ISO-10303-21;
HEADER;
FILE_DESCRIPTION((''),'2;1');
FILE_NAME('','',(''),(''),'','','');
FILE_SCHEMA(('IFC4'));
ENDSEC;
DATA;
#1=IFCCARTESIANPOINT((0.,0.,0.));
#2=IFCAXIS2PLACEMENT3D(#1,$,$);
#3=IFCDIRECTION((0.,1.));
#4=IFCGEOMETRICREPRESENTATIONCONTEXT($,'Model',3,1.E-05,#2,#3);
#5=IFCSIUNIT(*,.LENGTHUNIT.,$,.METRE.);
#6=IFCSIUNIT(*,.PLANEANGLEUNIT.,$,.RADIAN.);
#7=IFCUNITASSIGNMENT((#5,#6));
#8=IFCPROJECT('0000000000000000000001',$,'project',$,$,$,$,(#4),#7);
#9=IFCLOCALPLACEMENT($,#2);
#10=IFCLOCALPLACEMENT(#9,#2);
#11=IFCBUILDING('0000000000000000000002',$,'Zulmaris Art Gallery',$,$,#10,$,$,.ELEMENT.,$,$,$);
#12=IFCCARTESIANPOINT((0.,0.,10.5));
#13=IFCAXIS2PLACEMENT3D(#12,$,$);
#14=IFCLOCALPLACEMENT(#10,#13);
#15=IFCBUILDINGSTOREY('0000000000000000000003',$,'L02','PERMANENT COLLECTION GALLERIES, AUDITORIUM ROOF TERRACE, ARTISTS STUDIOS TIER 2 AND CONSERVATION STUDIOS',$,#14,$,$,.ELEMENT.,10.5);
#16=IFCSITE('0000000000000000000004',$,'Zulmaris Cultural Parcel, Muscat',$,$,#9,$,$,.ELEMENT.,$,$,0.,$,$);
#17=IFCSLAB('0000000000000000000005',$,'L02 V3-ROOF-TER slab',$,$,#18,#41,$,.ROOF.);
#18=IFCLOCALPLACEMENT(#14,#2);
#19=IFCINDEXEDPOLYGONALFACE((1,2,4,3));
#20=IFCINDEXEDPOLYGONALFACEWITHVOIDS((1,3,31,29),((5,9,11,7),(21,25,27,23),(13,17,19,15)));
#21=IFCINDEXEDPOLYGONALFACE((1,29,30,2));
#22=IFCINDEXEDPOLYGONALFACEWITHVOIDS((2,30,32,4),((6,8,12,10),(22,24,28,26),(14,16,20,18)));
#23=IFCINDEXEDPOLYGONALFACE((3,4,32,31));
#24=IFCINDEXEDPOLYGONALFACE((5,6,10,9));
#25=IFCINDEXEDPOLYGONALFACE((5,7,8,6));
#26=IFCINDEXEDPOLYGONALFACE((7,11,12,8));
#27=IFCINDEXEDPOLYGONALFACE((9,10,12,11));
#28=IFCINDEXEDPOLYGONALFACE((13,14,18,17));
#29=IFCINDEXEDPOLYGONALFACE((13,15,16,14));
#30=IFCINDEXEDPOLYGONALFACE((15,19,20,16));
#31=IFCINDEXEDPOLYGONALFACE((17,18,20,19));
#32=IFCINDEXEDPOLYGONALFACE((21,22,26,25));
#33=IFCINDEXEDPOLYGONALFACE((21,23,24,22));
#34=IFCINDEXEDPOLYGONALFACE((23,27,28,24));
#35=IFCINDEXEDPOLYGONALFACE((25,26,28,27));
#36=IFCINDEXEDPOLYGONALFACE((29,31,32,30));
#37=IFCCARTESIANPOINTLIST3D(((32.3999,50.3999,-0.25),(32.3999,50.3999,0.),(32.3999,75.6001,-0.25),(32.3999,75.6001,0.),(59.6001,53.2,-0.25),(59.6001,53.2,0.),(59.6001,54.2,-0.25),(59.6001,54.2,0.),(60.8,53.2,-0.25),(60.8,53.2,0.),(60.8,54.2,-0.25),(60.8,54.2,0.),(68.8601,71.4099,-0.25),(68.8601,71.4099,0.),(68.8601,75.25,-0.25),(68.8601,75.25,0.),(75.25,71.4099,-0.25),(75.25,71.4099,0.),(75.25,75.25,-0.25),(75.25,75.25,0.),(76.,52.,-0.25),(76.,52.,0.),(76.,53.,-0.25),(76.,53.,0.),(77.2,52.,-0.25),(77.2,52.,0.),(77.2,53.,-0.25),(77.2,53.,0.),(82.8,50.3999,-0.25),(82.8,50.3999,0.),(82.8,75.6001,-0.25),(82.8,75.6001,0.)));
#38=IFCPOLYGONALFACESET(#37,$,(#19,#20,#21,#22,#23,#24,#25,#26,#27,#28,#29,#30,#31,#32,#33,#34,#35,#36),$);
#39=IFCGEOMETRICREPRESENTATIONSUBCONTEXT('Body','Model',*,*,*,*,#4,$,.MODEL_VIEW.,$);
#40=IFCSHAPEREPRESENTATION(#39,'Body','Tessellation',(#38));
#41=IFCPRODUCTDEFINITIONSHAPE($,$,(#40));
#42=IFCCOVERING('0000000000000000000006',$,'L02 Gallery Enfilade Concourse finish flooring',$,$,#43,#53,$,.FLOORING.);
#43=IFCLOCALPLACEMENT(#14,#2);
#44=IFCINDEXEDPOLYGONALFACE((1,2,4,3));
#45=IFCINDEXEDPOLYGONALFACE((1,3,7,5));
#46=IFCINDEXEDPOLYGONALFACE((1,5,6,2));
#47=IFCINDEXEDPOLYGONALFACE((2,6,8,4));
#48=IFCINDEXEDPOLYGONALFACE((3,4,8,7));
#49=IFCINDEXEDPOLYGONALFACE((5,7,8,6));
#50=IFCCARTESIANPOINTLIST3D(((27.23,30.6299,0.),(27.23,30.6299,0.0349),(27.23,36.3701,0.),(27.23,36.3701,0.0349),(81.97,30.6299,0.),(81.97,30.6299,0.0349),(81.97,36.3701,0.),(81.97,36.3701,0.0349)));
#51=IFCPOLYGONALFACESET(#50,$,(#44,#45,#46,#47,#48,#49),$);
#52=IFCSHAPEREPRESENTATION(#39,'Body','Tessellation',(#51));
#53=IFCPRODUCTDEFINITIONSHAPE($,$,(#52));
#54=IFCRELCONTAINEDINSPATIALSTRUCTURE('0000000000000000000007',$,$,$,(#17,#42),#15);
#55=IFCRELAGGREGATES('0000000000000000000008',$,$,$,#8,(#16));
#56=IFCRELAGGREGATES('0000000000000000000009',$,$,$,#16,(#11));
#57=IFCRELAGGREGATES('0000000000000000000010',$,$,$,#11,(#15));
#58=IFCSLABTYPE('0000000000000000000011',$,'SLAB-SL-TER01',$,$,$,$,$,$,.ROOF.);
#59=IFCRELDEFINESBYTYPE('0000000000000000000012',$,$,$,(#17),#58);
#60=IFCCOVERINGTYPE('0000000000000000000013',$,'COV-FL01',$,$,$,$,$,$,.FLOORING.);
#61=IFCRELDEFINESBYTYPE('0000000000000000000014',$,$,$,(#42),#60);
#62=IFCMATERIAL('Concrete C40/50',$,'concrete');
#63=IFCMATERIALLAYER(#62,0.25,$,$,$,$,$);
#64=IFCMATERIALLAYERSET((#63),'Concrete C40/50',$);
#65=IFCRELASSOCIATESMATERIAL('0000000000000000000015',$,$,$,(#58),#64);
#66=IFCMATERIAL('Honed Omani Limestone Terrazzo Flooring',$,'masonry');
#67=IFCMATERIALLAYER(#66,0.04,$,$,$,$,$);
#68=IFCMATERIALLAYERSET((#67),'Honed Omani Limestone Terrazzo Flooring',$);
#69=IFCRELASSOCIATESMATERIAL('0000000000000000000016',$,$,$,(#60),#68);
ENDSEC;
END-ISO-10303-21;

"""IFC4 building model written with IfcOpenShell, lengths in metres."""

from ifc_helpers import new_model, si_unit, direction, frame, origin, place, context, subcontext, project, spatial, polyline, outline, extrude, material, layer, layer_set, type_object, element, save


model = new_model("IFC4")

# Units and contexts
model_context = context("Model", 3, precision=1e-05, world=origin(), true_north=direction((0.0, 1.0)))
body_context = subcontext(model_context, "Body", "Model", "MODEL_VIEW")
ifc_project = project(units=[si_unit("LENGTHUNIT", "METRE"), si_unit("PLANEANGLEUNIT", "RADIAN")], contexts=[model_context])

# Site, building, storey
site_placement = place(None, origin())
site = spatial("IfcSite", under=ifc_project, at=site_placement, Name="Zulmaris Cultural Parcel, Muscat", CompositionType="ELEMENT", RefElevation=0.0)
building_placement = place(site_placement, origin())
building = spatial("IfcBuilding", under=site, at=building_placement, Name="Zulmaris Art Gallery", CompositionType="ELEMENT")
storey_placement = place(building_placement, frame((0.0, 0.0, 10.5)))
storey = spatial("IfcBuildingStorey", under=building, at=storey_placement, Name="L02", Description="PERMANENT COLLECTION GALLERIES, AUDITORIUM ROOF TERRACE, ARTISTS STUDIOS TIER 2 AND CONSERVATION STUDIOS", CompositionType="ELEMENT", Elevation=10.5)

# Slab
ifc_material_1 = material(Name="Concrete C40/50", Category="concrete")
ifc_layer_1 = layer(ifc_material_1, 0.25)
ifc_layer_set_1 = layer_set([ifc_layer_1], Name="Concrete C40/50")
slab_type_1 = type_object("IfcSlabType", Name="SLAB-SL-TER01", PredefinedType="ROOF", material=ifc_layer_set_1)
slab_1_placement = place(storey_placement, frame((0.0, 0.0, -0.25)))
element("IfcSlab", 1, at=slab_1_placement, inside=storey, type_object=slab_type_1, Name="L02 V3-ROOF-TER slab", PredefinedType="ROOF", context=body_context, shape_type="SweptSolid", body=[
    extrude(outline(polyline([(32.3999, 50.3999), (32.3999, 75.6001), (82.8, 75.6001), (82.8, 50.3999), (32.3999, 50.3999)]), holes=[polyline([(77.2, 52.0), (77.2, 53.0), (76.0, 53.0), (76.0, 52.0), (77.2, 52.0)]), polyline([(60.8, 53.2), (60.8, 54.2), (59.6001, 54.2), (59.6001, 53.2), (60.8, 53.2)]), polyline([(68.8601, 71.4099), (75.25, 71.4099), (75.25, 75.25), (68.8601, 75.25), (68.8601, 71.4099)])]), origin(), (0.0, 0.0, 1.0), 0.25),
])

# Covering
ifc_material_2 = material(Name="Honed Omani Limestone Terrazzo Flooring", Category="masonry")
ifc_layer_2 = layer(ifc_material_2, 0.04)
ifc_layer_set_2 = layer_set([ifc_layer_2], Name="Honed Omani Limestone Terrazzo Flooring")
covering_type_1 = type_object("IfcCoveringType", Name="COV-FL01", PredefinedType="FLOORING", material=ifc_layer_set_2)
covering_1_placement = place(storey_placement, origin())
element("IfcCovering", 2, at=covering_1_placement, inside=storey, type_object=covering_type_1, Name="L02 Gallery Enfilade Concourse finish flooring", PredefinedType="FLOORING", context=body_context, shape_type="SweptSolid", body=[
    extrude(outline(polyline([(81.97, 30.6299), (27.23, 30.6299), (27.23, 36.3701), (81.97, 36.3701), (81.97, 30.6299)])), origin(), (0.0, 0.0, 1.0), 0.0349),
])

save(model, "model.ifc")
